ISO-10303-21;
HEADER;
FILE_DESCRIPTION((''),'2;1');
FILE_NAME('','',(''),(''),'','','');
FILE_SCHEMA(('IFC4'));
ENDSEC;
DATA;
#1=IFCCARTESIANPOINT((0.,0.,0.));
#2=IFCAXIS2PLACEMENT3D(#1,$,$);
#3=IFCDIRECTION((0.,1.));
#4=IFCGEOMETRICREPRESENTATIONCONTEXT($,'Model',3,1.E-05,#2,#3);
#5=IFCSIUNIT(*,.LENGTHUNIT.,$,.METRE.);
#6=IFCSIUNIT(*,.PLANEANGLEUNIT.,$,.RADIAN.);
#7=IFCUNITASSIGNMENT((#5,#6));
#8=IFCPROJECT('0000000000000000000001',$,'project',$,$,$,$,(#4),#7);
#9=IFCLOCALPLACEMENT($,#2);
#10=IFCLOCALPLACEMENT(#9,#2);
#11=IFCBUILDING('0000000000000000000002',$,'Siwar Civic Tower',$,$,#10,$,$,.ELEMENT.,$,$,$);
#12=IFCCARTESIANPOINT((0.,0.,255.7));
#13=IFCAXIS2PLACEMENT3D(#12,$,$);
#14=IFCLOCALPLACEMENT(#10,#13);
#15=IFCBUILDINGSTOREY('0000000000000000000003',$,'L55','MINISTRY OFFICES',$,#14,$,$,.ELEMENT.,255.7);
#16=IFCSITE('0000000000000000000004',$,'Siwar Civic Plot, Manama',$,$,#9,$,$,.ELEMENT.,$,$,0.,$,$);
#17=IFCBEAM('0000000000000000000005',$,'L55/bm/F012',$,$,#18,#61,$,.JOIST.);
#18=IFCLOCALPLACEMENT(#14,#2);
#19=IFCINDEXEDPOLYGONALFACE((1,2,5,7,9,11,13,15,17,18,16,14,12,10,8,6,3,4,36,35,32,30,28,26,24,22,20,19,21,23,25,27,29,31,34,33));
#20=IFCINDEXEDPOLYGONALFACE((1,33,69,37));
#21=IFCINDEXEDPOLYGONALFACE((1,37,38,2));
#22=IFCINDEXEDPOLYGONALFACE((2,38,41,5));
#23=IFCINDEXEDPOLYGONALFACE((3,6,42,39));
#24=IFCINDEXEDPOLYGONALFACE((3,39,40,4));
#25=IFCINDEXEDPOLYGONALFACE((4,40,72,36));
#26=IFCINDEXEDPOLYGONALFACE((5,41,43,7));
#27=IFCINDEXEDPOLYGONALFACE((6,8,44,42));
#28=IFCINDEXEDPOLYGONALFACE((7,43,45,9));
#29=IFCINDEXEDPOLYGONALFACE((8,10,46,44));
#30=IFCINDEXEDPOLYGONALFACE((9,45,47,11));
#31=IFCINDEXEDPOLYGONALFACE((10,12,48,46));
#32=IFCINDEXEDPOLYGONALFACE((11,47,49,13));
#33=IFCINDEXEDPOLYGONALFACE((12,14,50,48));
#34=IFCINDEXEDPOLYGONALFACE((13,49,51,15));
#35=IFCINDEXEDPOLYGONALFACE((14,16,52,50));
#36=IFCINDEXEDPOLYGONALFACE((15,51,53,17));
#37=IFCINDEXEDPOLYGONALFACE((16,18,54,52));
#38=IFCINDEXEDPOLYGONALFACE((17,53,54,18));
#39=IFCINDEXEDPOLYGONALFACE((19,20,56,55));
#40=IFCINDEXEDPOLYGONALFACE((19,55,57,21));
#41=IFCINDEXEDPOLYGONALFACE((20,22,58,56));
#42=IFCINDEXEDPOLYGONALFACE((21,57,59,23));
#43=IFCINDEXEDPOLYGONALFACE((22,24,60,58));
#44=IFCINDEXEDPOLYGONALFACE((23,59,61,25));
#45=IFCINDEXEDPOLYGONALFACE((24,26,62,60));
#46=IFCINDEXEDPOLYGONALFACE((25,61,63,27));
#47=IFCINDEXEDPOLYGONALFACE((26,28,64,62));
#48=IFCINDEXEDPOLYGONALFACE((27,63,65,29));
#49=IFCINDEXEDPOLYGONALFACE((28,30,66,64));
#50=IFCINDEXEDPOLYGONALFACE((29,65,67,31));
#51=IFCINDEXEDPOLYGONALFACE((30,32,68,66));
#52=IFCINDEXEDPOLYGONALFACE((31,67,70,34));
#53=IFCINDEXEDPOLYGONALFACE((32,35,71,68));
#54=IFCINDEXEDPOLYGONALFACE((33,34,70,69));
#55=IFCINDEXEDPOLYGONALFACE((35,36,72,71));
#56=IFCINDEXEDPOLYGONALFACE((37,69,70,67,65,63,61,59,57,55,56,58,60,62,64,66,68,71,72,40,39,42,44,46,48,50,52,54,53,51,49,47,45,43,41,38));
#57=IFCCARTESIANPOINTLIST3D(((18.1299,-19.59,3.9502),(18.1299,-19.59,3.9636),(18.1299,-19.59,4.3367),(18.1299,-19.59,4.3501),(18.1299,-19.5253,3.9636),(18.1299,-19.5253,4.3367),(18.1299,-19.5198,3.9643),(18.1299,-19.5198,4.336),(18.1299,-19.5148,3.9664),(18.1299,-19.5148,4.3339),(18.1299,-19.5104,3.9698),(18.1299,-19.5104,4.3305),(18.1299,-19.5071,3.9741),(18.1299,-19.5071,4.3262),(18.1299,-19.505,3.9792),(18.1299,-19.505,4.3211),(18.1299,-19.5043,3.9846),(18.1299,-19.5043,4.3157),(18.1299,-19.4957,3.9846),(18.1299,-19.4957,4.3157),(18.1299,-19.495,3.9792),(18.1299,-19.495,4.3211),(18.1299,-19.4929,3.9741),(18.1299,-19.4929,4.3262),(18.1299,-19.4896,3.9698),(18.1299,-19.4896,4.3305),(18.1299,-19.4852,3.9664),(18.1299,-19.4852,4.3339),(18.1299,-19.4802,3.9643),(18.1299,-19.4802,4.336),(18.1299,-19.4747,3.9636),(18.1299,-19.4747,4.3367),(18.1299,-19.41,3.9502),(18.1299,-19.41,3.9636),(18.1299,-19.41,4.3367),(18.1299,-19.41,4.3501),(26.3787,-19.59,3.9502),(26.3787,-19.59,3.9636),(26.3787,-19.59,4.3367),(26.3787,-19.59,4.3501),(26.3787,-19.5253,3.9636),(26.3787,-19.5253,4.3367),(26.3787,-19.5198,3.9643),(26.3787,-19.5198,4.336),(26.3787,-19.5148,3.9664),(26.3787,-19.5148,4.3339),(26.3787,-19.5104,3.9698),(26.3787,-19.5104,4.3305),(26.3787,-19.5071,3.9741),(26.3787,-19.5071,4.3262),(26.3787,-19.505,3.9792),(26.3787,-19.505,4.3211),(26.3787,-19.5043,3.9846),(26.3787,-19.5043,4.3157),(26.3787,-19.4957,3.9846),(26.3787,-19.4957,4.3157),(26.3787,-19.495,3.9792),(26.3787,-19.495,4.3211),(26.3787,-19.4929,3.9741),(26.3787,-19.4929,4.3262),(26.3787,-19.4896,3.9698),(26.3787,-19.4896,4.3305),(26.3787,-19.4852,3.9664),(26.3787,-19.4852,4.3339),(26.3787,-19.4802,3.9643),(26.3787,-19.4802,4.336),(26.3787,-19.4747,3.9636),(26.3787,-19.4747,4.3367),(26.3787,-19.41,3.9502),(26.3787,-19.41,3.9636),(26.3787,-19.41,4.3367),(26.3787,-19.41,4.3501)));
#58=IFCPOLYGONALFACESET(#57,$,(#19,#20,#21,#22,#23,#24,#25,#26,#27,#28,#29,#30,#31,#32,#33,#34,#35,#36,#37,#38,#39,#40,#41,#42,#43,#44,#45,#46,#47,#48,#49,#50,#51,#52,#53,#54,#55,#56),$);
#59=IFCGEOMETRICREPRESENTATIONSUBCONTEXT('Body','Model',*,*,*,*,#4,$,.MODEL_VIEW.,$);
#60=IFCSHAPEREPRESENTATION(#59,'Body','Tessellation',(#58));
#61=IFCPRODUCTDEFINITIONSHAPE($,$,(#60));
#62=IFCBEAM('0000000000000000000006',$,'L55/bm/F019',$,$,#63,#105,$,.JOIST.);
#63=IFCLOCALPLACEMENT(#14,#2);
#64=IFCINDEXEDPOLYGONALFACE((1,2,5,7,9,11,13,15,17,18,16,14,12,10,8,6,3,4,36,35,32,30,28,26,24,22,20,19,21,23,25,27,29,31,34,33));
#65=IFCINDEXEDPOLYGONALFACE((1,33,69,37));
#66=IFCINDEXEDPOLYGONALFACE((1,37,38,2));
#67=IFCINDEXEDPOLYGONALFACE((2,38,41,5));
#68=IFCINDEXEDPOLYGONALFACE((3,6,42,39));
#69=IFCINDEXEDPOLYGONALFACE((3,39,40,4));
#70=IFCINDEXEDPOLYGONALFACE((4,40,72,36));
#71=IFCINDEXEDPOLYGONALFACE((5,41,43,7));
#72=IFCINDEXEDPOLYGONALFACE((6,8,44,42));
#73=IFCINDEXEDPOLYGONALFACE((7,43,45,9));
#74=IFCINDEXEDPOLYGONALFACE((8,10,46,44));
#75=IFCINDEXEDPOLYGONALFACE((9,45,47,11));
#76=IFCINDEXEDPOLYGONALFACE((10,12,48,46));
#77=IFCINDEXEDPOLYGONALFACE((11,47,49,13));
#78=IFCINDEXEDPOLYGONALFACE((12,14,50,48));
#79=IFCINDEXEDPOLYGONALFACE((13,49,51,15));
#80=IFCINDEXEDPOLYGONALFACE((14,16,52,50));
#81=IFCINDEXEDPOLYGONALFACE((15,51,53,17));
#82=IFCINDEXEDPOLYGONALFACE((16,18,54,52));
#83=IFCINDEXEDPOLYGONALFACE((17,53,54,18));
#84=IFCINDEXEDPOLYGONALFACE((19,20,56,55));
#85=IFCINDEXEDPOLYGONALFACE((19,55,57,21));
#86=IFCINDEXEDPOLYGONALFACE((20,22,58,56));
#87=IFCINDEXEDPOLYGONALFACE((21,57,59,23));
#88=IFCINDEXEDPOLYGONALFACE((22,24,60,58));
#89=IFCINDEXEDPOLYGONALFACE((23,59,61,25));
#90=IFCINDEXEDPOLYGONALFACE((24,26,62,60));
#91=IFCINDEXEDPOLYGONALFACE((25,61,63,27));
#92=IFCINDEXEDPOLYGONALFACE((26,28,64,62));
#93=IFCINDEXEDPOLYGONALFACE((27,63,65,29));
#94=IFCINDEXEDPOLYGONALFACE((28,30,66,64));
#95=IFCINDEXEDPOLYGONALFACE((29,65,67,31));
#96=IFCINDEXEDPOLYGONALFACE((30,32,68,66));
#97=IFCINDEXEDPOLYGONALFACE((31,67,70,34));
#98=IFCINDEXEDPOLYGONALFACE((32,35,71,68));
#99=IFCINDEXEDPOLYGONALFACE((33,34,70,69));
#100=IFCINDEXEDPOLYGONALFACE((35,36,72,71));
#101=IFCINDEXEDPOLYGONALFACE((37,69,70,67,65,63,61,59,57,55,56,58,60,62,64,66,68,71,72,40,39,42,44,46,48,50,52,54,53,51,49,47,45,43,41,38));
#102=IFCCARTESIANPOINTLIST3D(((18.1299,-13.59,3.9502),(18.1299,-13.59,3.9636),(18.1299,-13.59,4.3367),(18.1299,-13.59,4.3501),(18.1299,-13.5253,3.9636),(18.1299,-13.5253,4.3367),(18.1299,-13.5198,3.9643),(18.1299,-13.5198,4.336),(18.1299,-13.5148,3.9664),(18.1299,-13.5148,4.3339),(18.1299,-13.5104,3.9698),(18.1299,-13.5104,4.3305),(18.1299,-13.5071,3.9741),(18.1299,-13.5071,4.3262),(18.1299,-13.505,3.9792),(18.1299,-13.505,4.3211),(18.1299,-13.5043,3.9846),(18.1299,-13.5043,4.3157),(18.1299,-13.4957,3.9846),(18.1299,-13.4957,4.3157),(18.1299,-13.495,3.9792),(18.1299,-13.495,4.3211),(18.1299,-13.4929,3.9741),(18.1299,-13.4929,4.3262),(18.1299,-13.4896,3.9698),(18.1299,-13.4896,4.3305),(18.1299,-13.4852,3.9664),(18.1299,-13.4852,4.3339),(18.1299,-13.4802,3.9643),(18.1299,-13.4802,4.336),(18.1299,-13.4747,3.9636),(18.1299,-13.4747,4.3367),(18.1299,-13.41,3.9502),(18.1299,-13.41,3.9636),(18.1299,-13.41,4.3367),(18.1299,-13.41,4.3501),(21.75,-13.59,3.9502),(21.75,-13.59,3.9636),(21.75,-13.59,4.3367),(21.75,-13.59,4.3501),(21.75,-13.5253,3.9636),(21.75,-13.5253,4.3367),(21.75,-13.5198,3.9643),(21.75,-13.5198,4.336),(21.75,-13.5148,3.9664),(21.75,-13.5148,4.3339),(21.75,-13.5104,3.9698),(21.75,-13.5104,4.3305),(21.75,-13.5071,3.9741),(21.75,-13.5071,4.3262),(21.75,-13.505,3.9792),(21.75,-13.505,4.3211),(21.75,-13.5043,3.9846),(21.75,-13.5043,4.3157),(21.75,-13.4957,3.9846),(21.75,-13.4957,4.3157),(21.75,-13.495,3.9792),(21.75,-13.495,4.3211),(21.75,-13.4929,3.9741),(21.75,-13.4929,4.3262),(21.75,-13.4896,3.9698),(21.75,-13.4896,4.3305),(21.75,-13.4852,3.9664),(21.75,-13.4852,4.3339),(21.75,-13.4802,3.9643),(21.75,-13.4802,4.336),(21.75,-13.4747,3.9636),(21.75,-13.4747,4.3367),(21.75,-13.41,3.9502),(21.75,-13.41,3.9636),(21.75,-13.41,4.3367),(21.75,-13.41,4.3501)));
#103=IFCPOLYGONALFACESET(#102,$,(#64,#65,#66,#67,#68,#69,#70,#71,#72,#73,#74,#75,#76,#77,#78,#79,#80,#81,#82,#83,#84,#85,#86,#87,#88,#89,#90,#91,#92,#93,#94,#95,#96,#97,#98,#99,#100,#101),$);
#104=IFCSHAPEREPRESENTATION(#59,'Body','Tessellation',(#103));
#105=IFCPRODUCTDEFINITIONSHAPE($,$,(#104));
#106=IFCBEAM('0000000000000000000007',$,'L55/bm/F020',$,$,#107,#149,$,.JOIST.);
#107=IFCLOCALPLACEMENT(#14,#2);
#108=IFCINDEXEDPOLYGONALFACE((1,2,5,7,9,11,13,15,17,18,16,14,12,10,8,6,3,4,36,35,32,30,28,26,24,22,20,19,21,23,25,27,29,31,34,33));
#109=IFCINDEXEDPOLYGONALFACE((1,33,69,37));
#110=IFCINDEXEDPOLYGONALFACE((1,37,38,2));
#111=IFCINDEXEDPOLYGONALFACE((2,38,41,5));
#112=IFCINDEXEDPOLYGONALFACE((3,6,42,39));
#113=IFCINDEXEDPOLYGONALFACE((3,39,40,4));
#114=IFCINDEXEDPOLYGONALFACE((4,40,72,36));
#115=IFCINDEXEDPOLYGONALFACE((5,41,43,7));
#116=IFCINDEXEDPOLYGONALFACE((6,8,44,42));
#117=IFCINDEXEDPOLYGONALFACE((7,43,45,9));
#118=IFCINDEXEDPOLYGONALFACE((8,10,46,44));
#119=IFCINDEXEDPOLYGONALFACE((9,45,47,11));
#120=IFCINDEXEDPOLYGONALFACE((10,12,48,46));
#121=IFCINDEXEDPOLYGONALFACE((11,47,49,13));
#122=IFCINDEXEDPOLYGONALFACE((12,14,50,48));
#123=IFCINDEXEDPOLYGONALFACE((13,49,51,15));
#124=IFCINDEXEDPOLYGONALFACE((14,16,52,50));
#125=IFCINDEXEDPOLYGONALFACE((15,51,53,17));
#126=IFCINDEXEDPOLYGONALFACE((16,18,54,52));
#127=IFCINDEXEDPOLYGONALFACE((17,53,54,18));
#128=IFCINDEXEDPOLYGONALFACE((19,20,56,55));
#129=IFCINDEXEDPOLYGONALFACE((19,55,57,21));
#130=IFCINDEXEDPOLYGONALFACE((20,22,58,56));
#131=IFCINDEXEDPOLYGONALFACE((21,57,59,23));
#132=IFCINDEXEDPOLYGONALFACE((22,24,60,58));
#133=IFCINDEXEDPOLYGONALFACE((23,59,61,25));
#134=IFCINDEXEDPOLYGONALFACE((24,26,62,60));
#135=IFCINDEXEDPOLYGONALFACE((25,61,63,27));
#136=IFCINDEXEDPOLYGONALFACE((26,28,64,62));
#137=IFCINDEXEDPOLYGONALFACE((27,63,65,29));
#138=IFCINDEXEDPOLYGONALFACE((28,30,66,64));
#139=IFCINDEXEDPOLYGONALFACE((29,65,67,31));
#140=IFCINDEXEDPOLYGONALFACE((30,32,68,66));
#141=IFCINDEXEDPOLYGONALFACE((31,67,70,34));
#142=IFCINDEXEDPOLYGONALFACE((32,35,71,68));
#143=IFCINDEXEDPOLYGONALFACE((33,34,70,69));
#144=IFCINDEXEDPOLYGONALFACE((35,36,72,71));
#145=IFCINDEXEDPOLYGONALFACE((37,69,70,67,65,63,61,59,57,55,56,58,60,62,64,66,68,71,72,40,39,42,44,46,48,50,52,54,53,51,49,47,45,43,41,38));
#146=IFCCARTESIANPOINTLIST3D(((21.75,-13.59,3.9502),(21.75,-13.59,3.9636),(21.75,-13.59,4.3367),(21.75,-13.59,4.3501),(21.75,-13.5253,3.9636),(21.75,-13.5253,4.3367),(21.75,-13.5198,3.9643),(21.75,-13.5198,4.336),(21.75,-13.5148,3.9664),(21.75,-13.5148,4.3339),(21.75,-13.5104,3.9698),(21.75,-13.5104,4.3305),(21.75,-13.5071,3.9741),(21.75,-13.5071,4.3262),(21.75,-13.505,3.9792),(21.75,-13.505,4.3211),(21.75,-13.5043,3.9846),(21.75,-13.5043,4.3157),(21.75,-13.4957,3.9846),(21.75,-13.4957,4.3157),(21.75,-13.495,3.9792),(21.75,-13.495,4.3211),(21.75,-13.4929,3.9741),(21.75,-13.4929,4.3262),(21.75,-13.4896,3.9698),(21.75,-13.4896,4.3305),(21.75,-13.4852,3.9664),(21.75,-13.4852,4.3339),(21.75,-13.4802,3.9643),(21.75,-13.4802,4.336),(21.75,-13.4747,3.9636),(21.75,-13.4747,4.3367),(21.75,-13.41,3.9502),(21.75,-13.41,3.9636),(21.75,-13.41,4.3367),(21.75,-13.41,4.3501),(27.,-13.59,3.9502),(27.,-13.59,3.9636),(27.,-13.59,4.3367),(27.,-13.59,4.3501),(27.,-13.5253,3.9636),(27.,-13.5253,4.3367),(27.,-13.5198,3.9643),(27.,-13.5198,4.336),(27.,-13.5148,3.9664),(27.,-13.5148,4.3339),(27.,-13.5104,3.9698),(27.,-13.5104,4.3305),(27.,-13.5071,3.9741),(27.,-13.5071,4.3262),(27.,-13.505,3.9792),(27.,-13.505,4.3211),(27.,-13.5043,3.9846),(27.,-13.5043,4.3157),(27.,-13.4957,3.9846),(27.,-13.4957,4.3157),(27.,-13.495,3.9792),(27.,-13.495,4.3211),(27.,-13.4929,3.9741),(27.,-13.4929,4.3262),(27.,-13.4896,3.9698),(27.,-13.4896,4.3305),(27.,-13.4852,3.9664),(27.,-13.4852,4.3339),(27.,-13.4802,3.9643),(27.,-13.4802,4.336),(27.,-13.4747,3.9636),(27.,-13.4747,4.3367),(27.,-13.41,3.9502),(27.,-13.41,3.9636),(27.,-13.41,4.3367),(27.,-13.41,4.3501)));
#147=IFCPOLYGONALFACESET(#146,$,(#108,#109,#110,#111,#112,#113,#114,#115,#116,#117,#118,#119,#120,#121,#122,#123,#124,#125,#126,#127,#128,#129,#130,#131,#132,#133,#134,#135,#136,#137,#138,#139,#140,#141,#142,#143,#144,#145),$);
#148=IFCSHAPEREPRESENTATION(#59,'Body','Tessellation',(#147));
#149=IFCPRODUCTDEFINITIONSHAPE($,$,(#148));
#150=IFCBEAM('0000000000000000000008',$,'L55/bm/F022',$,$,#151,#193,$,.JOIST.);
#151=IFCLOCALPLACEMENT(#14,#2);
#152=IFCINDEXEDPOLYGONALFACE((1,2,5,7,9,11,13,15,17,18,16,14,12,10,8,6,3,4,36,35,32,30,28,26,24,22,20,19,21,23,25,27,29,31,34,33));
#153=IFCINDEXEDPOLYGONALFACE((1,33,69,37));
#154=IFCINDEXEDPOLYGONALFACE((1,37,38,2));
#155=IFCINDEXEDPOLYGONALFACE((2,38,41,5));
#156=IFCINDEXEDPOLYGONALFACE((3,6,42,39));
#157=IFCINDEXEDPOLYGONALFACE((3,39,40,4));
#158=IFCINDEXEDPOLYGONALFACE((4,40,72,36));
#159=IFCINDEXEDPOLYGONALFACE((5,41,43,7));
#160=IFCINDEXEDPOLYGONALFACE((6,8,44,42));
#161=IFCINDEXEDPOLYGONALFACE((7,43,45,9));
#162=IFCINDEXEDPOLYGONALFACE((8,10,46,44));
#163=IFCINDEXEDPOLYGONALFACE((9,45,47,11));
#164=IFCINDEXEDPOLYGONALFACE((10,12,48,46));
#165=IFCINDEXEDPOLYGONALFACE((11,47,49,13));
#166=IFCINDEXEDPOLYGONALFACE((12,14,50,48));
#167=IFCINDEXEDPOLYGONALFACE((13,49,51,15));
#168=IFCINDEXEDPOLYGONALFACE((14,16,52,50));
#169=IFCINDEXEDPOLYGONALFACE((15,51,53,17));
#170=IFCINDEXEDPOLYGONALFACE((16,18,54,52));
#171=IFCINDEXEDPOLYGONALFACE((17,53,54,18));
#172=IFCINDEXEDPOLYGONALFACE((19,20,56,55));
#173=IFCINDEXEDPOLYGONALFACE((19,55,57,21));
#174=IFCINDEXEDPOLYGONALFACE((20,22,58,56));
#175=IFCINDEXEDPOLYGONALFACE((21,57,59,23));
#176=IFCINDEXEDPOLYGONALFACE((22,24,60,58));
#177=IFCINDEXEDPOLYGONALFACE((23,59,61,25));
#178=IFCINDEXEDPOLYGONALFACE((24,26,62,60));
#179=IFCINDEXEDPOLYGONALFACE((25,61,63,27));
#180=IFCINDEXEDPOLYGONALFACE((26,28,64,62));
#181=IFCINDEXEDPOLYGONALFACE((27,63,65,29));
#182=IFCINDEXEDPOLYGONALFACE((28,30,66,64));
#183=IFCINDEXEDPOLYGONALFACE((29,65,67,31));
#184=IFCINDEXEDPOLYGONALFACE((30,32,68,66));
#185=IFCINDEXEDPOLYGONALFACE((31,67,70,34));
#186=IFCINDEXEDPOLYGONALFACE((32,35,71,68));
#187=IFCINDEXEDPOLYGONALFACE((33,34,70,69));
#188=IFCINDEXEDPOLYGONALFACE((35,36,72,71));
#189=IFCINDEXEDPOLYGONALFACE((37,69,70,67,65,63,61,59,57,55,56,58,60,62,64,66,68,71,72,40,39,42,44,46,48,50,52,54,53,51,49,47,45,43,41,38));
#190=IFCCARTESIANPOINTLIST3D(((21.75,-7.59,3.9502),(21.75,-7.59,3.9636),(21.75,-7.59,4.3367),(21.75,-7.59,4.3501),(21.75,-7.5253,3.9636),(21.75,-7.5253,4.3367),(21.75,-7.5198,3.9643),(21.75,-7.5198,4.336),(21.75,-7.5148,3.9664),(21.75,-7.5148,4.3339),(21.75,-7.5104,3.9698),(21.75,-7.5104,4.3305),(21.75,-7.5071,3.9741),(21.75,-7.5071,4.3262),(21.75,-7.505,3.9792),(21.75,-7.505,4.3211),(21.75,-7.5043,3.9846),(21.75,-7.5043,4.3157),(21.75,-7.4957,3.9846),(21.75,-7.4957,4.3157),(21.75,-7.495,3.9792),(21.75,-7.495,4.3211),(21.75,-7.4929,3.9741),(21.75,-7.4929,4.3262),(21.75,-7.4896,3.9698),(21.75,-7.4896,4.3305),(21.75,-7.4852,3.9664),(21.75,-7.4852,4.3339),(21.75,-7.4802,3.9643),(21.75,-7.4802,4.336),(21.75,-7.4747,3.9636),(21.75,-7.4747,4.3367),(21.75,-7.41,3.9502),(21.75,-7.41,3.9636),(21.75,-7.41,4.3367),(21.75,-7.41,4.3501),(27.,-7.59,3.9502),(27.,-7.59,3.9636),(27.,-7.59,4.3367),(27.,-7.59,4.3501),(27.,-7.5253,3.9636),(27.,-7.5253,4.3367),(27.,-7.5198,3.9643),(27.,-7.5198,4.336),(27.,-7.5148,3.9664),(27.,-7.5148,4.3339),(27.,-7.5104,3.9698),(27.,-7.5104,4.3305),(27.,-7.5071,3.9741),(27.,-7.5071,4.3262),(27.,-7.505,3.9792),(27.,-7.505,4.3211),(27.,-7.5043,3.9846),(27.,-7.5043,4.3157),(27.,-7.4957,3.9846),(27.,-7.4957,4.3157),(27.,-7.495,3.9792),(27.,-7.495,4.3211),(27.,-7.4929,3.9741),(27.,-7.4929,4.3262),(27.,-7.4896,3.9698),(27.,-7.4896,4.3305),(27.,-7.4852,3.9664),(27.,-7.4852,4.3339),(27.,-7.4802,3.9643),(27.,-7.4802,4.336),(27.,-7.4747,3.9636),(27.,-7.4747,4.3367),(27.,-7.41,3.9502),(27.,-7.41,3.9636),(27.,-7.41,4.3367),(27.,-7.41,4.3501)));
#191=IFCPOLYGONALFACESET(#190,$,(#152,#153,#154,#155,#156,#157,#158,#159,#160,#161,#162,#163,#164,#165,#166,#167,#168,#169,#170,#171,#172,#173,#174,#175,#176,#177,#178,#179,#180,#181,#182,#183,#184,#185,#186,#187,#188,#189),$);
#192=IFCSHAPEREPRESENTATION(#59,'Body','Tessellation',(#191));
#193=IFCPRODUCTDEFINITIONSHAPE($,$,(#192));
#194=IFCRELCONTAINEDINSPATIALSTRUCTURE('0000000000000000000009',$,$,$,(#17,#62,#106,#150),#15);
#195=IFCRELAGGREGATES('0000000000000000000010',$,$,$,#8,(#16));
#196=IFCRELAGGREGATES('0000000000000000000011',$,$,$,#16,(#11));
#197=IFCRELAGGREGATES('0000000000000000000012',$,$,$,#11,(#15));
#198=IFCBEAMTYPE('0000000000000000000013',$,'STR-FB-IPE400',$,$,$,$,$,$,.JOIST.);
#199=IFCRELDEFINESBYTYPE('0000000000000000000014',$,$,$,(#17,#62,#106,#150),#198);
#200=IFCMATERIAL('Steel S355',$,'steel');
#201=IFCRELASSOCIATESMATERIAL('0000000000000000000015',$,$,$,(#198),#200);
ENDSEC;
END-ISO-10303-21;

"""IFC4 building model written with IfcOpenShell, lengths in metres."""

from ifc_helpers import new_model, si_unit, direction, frame, origin, origin_2d, place, context, subcontext, project, spatial, i_section, extrude, material, material_profile, profile_set, type_object, element, save


model = new_model("IFC4")

# Units and contexts
model_context = context("Model", 3, precision=1e-05, world=origin(), true_north=direction((0.0, 1.0)))
body_context = subcontext(model_context, "Body", "Model", "MODEL_VIEW")
ifc_project = project(units=[si_unit("LENGTHUNIT", "METRE"), si_unit("PLANEANGLEUNIT", "RADIAN")], contexts=[model_context])

# Site, building, storey
site_placement = place(None, origin())
site = spatial("IfcSite", under=ifc_project, at=site_placement, Name="Siwar Civic Plot, Manama", CompositionType="ELEMENT", RefElevation=0.0)
building_placement = place(site_placement, origin())
building = spatial("IfcBuilding", under=site, at=building_placement, Name="Siwar Civic Tower", CompositionType="ELEMENT")
storey_placement = place(building_placement, frame((0.0, 0.0, 255.7)))
storey = spatial("IfcBuildingStorey", under=building, at=storey_placement, Name="L55", Description="MINISTRY OFFICES", CompositionType="ELEMENT", Elevation=255.7)

# Beams
ifc_material_1 = material(Name="Steel S355", Category="steel")
ifc_material_profile_1 = material_profile(ifc_material_1, i_section(OverallWidth=0.1799, OverallDepth=0.3999, WebThickness=0.0085, FlangeThickness=0.0134, FilletRadius=0.021, at=origin_2d()), Name="IPE400")
ifc_profile_set_1 = profile_set([ifc_material_profile_1], Name="Steel S355")
beam_type_1 = type_object("IfcBeamType", Name="STR-FB-IPE400", PredefinedType="JOIST", material=ifc_profile_set_1)
beam_1_placement = place(storey_placement, frame((18.1299, -19.5, 4.1501), z_axis=(1.0, 0.0, 0.0), x_axis=(0.0, 1.0, 0.0)))
element("IfcBeam", 1, at=beam_1_placement, inside=storey, type_object=beam_type_1, Name="L55/bm/F012", PredefinedType="JOIST", context=body_context, shape_type="SweptSolid", body=[
    extrude(i_section(OverallWidth=0.1799, OverallDepth=0.3999, WebThickness=0.0085, FlangeThickness=0.0134, FilletRadius=0.021, at=origin_2d()), origin(), (0.0, 0.0, 1.0), 8.2488),
])
beam_2_placement = place(storey_placement, frame((18.1299, -13.5, 4.1501), z_axis=(1.0, 0.0, 0.0), x_axis=(0.0, 1.0, 0.0)))
element("IfcBeam", 2, at=beam_2_placement, inside=storey, type_object=beam_type_1, Name="L55/bm/F019", PredefinedType="JOIST", context=body_context, shape_type="SweptSolid", body=[
    extrude(i_section(OverallWidth=0.1799, OverallDepth=0.3999, WebThickness=0.0085, FlangeThickness=0.0134, FilletRadius=0.021, at=origin_2d()), origin(), (0.0, 0.0, 1.0), 3.6201),
])
for number, where, z_axis, x_axis, name in (
    (3, (21.75, -13.5, 4.1501), (1.0, 0.0, 0.0), (0.0, 1.0, 0.0), "L55/bm/F020"),
    (4, (21.75, -7.5, 4.1501), (1.0, 0.0, 0.0), (0.0, 1.0, 0.0), "L55/bm/F022"),
):
    element("IfcBeam", number, at=place(storey_placement, frame(where, z_axis=z_axis, x_axis=x_axis)), inside=storey, type_object=beam_type_1, Name=name, PredefinedType="JOIST", context=body_context, shape_type="SweptSolid", body=[
        extrude(i_section(OverallWidth=0.1799, OverallDepth=0.3999, WebThickness=0.0085, FlangeThickness=0.0134, FilletRadius=0.021, at=origin_2d()), origin(), (0.0, 0.0, 1.0), 5.25),
    ])

save(model, "model.ifc")
